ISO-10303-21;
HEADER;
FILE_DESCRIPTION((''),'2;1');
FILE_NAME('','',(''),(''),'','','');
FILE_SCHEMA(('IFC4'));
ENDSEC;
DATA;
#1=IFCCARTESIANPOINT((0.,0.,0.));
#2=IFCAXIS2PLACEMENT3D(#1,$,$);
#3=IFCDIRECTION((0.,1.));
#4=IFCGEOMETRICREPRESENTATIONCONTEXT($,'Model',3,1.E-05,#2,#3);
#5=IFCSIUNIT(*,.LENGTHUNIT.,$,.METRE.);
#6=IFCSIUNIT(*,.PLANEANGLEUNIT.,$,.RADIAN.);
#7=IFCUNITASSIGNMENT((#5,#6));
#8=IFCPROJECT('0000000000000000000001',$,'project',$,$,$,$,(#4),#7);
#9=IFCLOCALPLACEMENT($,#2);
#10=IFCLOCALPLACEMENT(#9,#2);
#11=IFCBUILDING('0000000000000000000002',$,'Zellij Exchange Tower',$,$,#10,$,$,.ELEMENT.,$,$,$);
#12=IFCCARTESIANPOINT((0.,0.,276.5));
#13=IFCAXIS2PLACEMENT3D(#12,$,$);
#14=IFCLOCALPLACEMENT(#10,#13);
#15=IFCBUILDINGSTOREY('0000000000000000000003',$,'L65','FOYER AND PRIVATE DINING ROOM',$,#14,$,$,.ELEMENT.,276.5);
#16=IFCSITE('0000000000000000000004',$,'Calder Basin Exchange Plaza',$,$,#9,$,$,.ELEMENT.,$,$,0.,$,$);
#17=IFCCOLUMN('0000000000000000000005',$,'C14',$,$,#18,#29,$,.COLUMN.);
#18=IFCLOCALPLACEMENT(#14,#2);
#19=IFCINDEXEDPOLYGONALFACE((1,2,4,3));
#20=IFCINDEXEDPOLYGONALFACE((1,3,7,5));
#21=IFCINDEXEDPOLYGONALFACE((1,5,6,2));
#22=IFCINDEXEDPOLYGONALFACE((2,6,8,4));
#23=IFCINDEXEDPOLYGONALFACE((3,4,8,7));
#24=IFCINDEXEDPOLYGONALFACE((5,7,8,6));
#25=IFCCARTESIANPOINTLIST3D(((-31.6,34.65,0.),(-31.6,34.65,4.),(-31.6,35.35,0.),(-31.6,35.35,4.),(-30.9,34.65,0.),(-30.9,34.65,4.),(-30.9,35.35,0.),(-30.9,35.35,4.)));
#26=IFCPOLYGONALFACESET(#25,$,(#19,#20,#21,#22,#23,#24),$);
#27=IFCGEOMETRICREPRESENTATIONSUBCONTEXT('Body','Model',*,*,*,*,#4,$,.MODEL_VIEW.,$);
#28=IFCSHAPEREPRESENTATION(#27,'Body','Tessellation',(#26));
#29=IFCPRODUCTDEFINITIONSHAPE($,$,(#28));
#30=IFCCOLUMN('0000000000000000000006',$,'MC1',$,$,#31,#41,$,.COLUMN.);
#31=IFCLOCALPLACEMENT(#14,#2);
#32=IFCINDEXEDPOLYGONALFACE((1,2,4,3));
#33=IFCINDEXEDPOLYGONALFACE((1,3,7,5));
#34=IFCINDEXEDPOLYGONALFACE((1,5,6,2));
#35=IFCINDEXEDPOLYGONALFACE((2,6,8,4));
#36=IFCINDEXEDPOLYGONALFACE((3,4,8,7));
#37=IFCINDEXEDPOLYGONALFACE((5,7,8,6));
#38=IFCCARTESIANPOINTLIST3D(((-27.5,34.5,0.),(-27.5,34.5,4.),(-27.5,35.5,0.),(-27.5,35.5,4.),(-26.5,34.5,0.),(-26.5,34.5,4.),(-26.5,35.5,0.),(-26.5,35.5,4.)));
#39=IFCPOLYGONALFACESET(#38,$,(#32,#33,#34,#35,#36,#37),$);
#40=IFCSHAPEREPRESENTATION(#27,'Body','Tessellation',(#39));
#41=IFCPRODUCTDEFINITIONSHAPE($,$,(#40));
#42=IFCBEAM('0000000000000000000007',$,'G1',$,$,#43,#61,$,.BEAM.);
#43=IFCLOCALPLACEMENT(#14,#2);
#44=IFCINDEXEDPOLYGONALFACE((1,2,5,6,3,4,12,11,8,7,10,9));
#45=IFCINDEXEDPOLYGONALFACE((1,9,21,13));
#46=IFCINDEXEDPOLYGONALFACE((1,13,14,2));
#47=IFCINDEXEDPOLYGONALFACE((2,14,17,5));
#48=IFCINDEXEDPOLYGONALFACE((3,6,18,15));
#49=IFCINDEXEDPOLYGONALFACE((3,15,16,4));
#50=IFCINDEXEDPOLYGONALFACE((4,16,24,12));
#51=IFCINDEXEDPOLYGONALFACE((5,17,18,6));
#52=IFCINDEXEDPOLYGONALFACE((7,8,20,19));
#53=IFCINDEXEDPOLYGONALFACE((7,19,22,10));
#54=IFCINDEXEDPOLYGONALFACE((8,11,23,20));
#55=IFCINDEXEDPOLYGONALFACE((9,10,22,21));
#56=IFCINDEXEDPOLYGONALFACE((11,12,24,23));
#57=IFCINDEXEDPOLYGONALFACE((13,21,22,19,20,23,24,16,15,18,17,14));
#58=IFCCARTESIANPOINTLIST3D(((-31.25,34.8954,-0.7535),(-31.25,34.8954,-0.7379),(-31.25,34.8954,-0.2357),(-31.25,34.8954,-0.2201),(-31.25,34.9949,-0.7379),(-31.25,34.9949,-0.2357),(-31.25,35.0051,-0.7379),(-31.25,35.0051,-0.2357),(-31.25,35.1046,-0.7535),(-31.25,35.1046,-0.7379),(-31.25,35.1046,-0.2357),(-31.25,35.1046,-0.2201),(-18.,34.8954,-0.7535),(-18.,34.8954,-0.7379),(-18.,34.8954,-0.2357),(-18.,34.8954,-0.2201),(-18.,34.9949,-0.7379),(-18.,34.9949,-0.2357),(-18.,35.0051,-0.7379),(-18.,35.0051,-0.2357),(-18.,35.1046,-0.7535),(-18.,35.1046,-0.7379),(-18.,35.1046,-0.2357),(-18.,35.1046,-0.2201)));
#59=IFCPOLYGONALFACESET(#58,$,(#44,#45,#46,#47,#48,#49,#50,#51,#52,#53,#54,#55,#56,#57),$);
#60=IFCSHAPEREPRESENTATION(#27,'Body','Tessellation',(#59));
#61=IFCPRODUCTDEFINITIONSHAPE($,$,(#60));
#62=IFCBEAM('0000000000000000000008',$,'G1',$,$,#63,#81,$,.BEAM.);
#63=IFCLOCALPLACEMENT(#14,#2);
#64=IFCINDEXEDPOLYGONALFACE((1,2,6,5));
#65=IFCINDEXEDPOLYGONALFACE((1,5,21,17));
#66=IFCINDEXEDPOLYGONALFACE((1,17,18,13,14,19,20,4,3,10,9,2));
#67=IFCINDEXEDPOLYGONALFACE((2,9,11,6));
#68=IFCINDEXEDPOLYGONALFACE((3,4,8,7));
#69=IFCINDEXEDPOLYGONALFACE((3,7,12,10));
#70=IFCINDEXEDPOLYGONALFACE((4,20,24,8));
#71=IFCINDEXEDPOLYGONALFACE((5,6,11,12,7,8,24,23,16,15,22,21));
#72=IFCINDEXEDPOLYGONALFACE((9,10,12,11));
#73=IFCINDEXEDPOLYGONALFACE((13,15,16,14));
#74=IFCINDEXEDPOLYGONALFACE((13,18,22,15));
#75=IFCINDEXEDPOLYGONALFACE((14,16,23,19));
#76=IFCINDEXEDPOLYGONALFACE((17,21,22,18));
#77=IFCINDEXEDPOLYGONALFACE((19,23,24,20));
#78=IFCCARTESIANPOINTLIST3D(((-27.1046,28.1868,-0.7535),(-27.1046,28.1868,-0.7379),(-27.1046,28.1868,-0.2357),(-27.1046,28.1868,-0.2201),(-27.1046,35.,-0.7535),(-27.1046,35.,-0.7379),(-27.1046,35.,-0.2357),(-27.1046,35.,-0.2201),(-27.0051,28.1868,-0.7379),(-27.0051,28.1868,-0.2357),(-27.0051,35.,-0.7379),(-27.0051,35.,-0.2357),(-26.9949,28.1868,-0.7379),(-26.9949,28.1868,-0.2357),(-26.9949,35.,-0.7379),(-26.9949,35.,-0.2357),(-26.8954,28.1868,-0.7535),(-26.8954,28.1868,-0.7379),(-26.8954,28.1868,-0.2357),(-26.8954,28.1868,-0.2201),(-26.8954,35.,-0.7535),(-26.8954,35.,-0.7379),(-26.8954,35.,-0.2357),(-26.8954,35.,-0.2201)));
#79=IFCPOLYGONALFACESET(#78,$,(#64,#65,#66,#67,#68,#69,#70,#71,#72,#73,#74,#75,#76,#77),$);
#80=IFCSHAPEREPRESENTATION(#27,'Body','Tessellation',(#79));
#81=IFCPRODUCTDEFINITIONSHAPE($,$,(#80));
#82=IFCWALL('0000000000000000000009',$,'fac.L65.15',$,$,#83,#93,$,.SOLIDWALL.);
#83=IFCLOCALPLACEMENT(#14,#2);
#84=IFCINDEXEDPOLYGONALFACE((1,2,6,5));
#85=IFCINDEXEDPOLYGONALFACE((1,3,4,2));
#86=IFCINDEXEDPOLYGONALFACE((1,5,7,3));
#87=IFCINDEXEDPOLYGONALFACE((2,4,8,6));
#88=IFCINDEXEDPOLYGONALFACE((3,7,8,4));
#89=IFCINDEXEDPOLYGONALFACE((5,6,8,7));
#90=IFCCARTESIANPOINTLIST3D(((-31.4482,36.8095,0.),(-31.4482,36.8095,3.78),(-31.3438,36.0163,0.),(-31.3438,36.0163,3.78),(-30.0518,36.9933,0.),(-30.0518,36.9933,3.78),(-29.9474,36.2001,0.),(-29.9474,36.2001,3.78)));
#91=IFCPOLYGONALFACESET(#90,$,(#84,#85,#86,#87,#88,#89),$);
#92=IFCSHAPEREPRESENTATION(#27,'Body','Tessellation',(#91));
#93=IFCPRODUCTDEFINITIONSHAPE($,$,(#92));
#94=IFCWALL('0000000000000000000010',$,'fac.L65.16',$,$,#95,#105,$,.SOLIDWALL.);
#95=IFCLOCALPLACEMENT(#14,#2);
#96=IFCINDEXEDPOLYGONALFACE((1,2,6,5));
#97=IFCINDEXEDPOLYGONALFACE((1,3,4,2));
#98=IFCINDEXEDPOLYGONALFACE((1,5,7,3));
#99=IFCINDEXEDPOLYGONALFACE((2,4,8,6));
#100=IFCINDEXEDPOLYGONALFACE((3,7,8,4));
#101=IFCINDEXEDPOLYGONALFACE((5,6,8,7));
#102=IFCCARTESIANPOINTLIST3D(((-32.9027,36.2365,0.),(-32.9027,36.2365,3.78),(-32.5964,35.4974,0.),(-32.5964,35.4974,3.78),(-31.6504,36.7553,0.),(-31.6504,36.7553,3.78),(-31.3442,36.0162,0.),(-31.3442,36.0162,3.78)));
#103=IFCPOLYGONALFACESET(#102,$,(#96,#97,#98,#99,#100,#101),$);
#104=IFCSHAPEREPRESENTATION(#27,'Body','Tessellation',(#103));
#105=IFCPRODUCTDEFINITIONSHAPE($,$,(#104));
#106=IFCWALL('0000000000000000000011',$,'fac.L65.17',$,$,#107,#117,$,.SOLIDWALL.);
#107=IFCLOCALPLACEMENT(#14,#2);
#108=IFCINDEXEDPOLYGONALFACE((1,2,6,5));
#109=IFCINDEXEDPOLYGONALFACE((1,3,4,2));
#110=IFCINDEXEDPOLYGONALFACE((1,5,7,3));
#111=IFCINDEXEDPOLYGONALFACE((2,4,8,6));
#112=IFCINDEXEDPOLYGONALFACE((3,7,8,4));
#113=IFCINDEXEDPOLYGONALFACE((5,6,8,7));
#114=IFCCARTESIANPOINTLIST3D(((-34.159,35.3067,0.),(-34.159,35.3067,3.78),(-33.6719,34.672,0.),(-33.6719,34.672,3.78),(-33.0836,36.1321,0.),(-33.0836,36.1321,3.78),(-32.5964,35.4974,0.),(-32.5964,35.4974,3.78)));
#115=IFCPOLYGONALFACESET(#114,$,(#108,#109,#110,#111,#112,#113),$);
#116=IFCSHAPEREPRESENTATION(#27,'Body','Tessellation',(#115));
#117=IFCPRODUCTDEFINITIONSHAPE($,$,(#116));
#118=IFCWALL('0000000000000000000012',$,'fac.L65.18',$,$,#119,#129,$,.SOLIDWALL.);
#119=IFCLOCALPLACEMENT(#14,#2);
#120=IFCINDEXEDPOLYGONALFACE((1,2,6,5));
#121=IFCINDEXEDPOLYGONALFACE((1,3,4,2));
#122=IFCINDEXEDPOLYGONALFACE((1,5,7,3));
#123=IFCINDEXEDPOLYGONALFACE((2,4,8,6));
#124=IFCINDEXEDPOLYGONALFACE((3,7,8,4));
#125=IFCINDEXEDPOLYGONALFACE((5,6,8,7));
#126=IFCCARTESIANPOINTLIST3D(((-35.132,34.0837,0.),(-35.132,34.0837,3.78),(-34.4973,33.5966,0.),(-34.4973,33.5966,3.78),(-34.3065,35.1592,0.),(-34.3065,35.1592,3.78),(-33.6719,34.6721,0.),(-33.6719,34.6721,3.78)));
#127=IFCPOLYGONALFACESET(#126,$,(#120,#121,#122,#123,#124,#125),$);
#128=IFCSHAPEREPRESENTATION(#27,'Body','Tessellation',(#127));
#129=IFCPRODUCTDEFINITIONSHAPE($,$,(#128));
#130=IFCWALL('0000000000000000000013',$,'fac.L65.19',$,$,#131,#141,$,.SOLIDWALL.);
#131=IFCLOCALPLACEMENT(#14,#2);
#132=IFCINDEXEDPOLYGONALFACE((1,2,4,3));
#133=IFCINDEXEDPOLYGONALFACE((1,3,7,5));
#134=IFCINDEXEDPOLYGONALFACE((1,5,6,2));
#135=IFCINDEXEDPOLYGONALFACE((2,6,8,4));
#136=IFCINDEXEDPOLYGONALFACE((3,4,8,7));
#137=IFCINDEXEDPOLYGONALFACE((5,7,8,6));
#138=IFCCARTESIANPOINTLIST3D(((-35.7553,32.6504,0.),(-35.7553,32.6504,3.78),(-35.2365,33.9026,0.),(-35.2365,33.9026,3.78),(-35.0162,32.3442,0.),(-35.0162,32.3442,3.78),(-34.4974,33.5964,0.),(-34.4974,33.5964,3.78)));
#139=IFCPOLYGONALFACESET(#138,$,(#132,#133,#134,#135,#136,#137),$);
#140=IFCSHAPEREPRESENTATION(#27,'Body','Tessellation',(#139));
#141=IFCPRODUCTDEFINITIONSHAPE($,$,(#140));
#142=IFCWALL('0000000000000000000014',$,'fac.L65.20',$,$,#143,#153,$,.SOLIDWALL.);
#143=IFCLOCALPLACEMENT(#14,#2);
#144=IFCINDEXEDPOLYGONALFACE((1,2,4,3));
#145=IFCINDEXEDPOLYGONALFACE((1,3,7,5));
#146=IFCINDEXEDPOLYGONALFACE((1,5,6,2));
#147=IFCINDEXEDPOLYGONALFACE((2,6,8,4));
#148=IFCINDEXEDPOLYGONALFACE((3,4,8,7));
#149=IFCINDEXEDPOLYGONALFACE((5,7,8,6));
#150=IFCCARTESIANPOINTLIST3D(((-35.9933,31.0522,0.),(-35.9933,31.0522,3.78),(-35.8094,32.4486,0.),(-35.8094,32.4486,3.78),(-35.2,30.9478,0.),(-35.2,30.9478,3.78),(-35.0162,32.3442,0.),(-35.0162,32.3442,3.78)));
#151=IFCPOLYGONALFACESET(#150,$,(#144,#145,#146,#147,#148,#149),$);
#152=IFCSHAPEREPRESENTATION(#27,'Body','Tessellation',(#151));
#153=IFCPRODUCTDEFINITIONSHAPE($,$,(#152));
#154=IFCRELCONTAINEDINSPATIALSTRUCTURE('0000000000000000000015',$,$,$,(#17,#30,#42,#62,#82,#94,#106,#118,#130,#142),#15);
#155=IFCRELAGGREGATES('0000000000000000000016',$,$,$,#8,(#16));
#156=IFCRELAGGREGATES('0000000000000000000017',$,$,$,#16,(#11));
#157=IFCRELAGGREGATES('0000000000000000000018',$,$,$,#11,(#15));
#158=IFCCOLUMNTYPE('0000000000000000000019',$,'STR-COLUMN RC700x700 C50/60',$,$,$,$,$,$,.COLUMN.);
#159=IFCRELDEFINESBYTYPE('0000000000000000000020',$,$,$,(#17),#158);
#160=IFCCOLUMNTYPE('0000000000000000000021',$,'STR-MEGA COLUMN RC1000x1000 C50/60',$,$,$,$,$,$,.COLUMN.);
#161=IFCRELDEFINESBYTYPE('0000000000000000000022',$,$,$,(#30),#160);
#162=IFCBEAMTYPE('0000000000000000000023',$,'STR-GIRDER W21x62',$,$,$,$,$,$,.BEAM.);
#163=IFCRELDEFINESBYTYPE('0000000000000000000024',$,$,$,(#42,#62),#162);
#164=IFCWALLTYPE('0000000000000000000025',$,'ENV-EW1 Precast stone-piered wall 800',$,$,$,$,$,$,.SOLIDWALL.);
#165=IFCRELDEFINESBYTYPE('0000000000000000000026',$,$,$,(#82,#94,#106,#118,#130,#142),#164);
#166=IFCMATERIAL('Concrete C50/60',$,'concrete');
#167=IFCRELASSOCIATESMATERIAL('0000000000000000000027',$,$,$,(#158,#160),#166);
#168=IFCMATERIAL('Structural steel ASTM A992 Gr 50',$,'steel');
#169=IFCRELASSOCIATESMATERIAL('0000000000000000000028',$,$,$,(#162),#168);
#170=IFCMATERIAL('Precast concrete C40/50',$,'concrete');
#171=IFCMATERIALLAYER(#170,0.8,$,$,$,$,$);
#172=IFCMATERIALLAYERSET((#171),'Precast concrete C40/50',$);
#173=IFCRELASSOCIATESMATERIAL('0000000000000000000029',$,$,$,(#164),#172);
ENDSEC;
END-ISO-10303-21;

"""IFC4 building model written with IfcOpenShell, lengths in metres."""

from ifc_helpers import new_model, si_unit, direction, frame, frame_2d, origin, origin_2d, place, context, subcontext, project, spatial, rectangle, i_section, extrude, material, layer, layer_set, material_profile, profile_set, type_object, element, save


model = new_model("IFC4")

# Units and contexts
model_context = context("Model", 3, precision=1e-05, world=origin(), true_north=direction((0.0, 1.0)))
body_context = subcontext(model_context, "Body", "Model", "MODEL_VIEW")
ifc_project = project(units=[si_unit("LENGTHUNIT", "METRE"), si_unit("PLANEANGLEUNIT", "RADIAN")], contexts=[model_context])

# Site, building, storey
site_placement = place(None, origin())
site = spatial("IfcSite", under=ifc_project, at=site_placement, Name="Calder Basin Exchange Plaza", CompositionType="ELEMENT", RefElevation=0.0)
building_placement = place(site_placement, origin())
building = spatial("IfcBuilding", under=site, at=building_placement, Name="Zellij Exchange Tower", CompositionType="ELEMENT")
storey_placement = place(building_placement, frame((0.0, 0.0, 276.5)))
storey = spatial("IfcBuildingStorey", under=building, at=storey_placement, Name="L65", Description="FOYER AND PRIVATE DINING ROOM", CompositionType="ELEMENT", Elevation=276.5)

# Columns
ifc_material_1 = material(Name="Concrete C50/60", Category="concrete")
ifc_material_profile_1 = material_profile(ifc_material_1, rectangle(XDim=0.7, YDim=0.7, at=origin_2d()), Name="STR-COLUMN RC700x700 C50/60")
ifc_profile_set_1 = profile_set([ifc_material_profile_1], Name="Concrete C50/60")
column_type_1 = type_object("IfcColumnType", Name="STR-COLUMN RC700x700 C50/60", PredefinedType="COLUMN", material=ifc_profile_set_1)
column_1_placement = place(storey_placement, frame((-31.25, 35.0, 0.0), z_axis=(0.0, 0.0, 1.0), x_axis=(1.0, 0.0, 0.0)))
element("IfcColumn", 1, at=column_1_placement, inside=storey, type_object=column_type_1, Name="C14", PredefinedType="COLUMN", context=body_context, shape_type="SweptSolid", body=[
    extrude(rectangle(XDim=0.7, YDim=0.7, at=origin_2d()), origin(), (0.0, 0.0, 1.0), 4.0),
])
ifc_material_profile_2 = material_profile(ifc_material_1, rectangle(XDim=1.0, YDim=1.0, at=origin_2d()), Name="STR-MEGA COLUMN RC1000x1000 C50/60")
ifc_profile_set_2 = profile_set([ifc_material_profile_2], Name="Concrete C50/60")
column_type_2 = type_object("IfcColumnType", Name="STR-MEGA COLUMN RC1000x1000 C50/60", PredefinedType="COLUMN", material=ifc_profile_set_2)
column_2_placement = place(storey_placement, frame((-27.0, 35.0, 0.0), z_axis=(0.0, 0.0, 1.0), x_axis=(1.0, 0.0, 0.0)))
element("IfcColumn", 2, at=column_2_placement, inside=storey, type_object=column_type_2, Name="MC1", PredefinedType="COLUMN", context=body_context, shape_type="SweptSolid", body=[
    extrude(rectangle(XDim=1.0, YDim=1.0, at=origin_2d()), origin(), (0.0, 0.0, 1.0), 4.0),
])

# Beams
ifc_material_2 = material(Name="Structural steel ASTM A992 Gr 50", Category="steel")
ifc_material_profile_3 = material_profile(ifc_material_2, i_section(OverallWidth=0.2092, OverallDepth=0.5334, WebThickness=0.0103, FlangeThickness=0.0156, at=origin_2d()), Name="W21x62")
ifc_profile_set_3 = profile_set([ifc_material_profile_3], Name="Structural steel ASTM A992 Gr 50")
beam_type = type_object("IfcBeamType", Name="STR-GIRDER W21x62", PredefinedType="BEAM", material=ifc_profile_set_3)
beam_1_placement = place(storey_placement, frame((-31.25, 35.0, -0.4868), z_axis=(1.0, 0.0, 0.0), x_axis=(0.0, 1.0, 0.0)))
element("IfcBeam", 3, at=beam_1_placement, inside=storey, type_object=beam_type, Name="G1", PredefinedType="BEAM", context=body_context, shape_type="SweptSolid", body=[
    extrude(i_section(OverallWidth=0.2092, OverallDepth=0.5334, WebThickness=0.0103, FlangeThickness=0.0156, at=origin_2d()), origin(), (0.0, 0.0, 1.0), 13.25),
])
beam_2_placement = place(storey_placement, frame((-27.0, 28.1868, -0.4868), z_axis=(0.0, 1.0, 0.0), x_axis=(-1.0, 0.0, 0.0)))
element("IfcBeam", 4, at=beam_2_placement, inside=storey, type_object=beam_type, Name="G1", PredefinedType="BEAM", context=body_context, shape_type="SweptSolid", body=[
    extrude(i_section(OverallWidth=0.2092, OverallDepth=0.5334, WebThickness=0.0103, FlangeThickness=0.0156, at=origin_2d()), origin(), (0.0, 0.0, 1.0), 6.8132),
])

# Walls
ifc_material_3 = material(Name="Precast concrete C40/50", Category="concrete")
ifc_layer = layer(ifc_material_3, 0.8)
ifc_layer_set = layer_set([ifc_layer], Name="Precast concrete C40/50")
wall_type = type_object("IfcWallType", Name="ENV-EW1 Precast stone-piered wall 800", PredefinedType="SOLIDWALL", material=ifc_layer_set)
wall_1_placement = place(storey_placement, frame((-29.9998, 36.5967, 0.0), z_axis=(0.0, 0.0, 1.0), x_axis=(-0.991446, -0.130517, 0.0)))
element("IfcWall", 5, at=wall_1_placement, inside=storey, type_object=wall_type, Name="fac.L65.15", PredefinedType="SOLIDWALL", context=body_context, shape_type="SweptSolid", body=[
    extrude(rectangle(XDim=1.4084, YDim=0.8, at=frame_2d((0.7041, 0.0))), origin(), (0.0, 0.0, 1.0), 3.78),
])
wall_2_placement = place(storey_placement, frame((-31.4973, 36.3857, 0.0), z_axis=(0.0, 0.0, 1.0), x_axis=(-0.923848, -0.38276, 0.0)))
element("IfcWall", 6, at=wall_2_placement, inside=storey, type_object=wall_type, Name="fac.L65.16", PredefinedType="SOLIDWALL", context=body_context, shape_type="SweptSolid", body=[
    extrude(rectangle(XDim=1.3555, YDim=0.8, at=frame_2d((0.6777, 0.0))), origin(), (0.0, 0.0, 1.0), 3.78),
])
for number, where, z_axis, x_axis, name in (
    (7, (-32.8401, 35.8147, 0.0), (0.0, 0.0, 1.0), (-0.793273, -0.608866, 0.0), "fac.L65.17"),
    (8, (-33.9893, 34.9155, 0.0), (0.0, 0.0, 1.0), (-0.608866, -0.793273, 0.0), "fac.L65.18"),
):
    element("IfcWall", number, at=place(storey_placement, frame(where, z_axis=z_axis, x_axis=x_axis)), inside=storey, type_object=wall_type, Name=name, PredefinedType="SOLIDWALL", context=body_context, shape_type="SweptSolid", body=[
        extrude(rectangle(XDim=1.3557, YDim=0.8, at=frame_2d((0.6777, 0.0))), origin(), (0.0, 0.0, 1.0), 3.78),
    ])
wall_3_placement = place(storey_placement, frame((-34.8669, 33.7495, 0.0), z_axis=(0.0, 0.0, 1.0), x_axis=(-0.38276, -0.923848, 0.0)))
element("IfcWall", 9, at=wall_3_placement, inside=storey, type_object=wall_type, Name="fac.L65.19", PredefinedType="SOLIDWALL", context=body_context, shape_type="SweptSolid", body=[
    extrude(rectangle(XDim=1.3555, YDim=0.8, at=frame_2d((0.6777, 0.0))), origin(), (0.0, 0.0, 1.0), 3.78),
])
wall_4_placement = place(storey_placement, frame((-35.4128, 32.3962, 0.0), z_axis=(0.0, 0.0, 1.0), x_axis=(-0.130517, -0.991446, 0.0)))
element("IfcWall", 10, at=wall_4_placement, inside=storey, type_object=wall_type, Name="fac.L65.20", PredefinedType="SOLIDWALL", context=body_context, shape_type="SweptSolid", body=[
    extrude(rectangle(XDim=1.4084, YDim=0.8, at=frame_2d((0.7041, 0.0))), origin(), (0.0, 0.0, 1.0), 3.78),
])

save(model, "model.ifc")
